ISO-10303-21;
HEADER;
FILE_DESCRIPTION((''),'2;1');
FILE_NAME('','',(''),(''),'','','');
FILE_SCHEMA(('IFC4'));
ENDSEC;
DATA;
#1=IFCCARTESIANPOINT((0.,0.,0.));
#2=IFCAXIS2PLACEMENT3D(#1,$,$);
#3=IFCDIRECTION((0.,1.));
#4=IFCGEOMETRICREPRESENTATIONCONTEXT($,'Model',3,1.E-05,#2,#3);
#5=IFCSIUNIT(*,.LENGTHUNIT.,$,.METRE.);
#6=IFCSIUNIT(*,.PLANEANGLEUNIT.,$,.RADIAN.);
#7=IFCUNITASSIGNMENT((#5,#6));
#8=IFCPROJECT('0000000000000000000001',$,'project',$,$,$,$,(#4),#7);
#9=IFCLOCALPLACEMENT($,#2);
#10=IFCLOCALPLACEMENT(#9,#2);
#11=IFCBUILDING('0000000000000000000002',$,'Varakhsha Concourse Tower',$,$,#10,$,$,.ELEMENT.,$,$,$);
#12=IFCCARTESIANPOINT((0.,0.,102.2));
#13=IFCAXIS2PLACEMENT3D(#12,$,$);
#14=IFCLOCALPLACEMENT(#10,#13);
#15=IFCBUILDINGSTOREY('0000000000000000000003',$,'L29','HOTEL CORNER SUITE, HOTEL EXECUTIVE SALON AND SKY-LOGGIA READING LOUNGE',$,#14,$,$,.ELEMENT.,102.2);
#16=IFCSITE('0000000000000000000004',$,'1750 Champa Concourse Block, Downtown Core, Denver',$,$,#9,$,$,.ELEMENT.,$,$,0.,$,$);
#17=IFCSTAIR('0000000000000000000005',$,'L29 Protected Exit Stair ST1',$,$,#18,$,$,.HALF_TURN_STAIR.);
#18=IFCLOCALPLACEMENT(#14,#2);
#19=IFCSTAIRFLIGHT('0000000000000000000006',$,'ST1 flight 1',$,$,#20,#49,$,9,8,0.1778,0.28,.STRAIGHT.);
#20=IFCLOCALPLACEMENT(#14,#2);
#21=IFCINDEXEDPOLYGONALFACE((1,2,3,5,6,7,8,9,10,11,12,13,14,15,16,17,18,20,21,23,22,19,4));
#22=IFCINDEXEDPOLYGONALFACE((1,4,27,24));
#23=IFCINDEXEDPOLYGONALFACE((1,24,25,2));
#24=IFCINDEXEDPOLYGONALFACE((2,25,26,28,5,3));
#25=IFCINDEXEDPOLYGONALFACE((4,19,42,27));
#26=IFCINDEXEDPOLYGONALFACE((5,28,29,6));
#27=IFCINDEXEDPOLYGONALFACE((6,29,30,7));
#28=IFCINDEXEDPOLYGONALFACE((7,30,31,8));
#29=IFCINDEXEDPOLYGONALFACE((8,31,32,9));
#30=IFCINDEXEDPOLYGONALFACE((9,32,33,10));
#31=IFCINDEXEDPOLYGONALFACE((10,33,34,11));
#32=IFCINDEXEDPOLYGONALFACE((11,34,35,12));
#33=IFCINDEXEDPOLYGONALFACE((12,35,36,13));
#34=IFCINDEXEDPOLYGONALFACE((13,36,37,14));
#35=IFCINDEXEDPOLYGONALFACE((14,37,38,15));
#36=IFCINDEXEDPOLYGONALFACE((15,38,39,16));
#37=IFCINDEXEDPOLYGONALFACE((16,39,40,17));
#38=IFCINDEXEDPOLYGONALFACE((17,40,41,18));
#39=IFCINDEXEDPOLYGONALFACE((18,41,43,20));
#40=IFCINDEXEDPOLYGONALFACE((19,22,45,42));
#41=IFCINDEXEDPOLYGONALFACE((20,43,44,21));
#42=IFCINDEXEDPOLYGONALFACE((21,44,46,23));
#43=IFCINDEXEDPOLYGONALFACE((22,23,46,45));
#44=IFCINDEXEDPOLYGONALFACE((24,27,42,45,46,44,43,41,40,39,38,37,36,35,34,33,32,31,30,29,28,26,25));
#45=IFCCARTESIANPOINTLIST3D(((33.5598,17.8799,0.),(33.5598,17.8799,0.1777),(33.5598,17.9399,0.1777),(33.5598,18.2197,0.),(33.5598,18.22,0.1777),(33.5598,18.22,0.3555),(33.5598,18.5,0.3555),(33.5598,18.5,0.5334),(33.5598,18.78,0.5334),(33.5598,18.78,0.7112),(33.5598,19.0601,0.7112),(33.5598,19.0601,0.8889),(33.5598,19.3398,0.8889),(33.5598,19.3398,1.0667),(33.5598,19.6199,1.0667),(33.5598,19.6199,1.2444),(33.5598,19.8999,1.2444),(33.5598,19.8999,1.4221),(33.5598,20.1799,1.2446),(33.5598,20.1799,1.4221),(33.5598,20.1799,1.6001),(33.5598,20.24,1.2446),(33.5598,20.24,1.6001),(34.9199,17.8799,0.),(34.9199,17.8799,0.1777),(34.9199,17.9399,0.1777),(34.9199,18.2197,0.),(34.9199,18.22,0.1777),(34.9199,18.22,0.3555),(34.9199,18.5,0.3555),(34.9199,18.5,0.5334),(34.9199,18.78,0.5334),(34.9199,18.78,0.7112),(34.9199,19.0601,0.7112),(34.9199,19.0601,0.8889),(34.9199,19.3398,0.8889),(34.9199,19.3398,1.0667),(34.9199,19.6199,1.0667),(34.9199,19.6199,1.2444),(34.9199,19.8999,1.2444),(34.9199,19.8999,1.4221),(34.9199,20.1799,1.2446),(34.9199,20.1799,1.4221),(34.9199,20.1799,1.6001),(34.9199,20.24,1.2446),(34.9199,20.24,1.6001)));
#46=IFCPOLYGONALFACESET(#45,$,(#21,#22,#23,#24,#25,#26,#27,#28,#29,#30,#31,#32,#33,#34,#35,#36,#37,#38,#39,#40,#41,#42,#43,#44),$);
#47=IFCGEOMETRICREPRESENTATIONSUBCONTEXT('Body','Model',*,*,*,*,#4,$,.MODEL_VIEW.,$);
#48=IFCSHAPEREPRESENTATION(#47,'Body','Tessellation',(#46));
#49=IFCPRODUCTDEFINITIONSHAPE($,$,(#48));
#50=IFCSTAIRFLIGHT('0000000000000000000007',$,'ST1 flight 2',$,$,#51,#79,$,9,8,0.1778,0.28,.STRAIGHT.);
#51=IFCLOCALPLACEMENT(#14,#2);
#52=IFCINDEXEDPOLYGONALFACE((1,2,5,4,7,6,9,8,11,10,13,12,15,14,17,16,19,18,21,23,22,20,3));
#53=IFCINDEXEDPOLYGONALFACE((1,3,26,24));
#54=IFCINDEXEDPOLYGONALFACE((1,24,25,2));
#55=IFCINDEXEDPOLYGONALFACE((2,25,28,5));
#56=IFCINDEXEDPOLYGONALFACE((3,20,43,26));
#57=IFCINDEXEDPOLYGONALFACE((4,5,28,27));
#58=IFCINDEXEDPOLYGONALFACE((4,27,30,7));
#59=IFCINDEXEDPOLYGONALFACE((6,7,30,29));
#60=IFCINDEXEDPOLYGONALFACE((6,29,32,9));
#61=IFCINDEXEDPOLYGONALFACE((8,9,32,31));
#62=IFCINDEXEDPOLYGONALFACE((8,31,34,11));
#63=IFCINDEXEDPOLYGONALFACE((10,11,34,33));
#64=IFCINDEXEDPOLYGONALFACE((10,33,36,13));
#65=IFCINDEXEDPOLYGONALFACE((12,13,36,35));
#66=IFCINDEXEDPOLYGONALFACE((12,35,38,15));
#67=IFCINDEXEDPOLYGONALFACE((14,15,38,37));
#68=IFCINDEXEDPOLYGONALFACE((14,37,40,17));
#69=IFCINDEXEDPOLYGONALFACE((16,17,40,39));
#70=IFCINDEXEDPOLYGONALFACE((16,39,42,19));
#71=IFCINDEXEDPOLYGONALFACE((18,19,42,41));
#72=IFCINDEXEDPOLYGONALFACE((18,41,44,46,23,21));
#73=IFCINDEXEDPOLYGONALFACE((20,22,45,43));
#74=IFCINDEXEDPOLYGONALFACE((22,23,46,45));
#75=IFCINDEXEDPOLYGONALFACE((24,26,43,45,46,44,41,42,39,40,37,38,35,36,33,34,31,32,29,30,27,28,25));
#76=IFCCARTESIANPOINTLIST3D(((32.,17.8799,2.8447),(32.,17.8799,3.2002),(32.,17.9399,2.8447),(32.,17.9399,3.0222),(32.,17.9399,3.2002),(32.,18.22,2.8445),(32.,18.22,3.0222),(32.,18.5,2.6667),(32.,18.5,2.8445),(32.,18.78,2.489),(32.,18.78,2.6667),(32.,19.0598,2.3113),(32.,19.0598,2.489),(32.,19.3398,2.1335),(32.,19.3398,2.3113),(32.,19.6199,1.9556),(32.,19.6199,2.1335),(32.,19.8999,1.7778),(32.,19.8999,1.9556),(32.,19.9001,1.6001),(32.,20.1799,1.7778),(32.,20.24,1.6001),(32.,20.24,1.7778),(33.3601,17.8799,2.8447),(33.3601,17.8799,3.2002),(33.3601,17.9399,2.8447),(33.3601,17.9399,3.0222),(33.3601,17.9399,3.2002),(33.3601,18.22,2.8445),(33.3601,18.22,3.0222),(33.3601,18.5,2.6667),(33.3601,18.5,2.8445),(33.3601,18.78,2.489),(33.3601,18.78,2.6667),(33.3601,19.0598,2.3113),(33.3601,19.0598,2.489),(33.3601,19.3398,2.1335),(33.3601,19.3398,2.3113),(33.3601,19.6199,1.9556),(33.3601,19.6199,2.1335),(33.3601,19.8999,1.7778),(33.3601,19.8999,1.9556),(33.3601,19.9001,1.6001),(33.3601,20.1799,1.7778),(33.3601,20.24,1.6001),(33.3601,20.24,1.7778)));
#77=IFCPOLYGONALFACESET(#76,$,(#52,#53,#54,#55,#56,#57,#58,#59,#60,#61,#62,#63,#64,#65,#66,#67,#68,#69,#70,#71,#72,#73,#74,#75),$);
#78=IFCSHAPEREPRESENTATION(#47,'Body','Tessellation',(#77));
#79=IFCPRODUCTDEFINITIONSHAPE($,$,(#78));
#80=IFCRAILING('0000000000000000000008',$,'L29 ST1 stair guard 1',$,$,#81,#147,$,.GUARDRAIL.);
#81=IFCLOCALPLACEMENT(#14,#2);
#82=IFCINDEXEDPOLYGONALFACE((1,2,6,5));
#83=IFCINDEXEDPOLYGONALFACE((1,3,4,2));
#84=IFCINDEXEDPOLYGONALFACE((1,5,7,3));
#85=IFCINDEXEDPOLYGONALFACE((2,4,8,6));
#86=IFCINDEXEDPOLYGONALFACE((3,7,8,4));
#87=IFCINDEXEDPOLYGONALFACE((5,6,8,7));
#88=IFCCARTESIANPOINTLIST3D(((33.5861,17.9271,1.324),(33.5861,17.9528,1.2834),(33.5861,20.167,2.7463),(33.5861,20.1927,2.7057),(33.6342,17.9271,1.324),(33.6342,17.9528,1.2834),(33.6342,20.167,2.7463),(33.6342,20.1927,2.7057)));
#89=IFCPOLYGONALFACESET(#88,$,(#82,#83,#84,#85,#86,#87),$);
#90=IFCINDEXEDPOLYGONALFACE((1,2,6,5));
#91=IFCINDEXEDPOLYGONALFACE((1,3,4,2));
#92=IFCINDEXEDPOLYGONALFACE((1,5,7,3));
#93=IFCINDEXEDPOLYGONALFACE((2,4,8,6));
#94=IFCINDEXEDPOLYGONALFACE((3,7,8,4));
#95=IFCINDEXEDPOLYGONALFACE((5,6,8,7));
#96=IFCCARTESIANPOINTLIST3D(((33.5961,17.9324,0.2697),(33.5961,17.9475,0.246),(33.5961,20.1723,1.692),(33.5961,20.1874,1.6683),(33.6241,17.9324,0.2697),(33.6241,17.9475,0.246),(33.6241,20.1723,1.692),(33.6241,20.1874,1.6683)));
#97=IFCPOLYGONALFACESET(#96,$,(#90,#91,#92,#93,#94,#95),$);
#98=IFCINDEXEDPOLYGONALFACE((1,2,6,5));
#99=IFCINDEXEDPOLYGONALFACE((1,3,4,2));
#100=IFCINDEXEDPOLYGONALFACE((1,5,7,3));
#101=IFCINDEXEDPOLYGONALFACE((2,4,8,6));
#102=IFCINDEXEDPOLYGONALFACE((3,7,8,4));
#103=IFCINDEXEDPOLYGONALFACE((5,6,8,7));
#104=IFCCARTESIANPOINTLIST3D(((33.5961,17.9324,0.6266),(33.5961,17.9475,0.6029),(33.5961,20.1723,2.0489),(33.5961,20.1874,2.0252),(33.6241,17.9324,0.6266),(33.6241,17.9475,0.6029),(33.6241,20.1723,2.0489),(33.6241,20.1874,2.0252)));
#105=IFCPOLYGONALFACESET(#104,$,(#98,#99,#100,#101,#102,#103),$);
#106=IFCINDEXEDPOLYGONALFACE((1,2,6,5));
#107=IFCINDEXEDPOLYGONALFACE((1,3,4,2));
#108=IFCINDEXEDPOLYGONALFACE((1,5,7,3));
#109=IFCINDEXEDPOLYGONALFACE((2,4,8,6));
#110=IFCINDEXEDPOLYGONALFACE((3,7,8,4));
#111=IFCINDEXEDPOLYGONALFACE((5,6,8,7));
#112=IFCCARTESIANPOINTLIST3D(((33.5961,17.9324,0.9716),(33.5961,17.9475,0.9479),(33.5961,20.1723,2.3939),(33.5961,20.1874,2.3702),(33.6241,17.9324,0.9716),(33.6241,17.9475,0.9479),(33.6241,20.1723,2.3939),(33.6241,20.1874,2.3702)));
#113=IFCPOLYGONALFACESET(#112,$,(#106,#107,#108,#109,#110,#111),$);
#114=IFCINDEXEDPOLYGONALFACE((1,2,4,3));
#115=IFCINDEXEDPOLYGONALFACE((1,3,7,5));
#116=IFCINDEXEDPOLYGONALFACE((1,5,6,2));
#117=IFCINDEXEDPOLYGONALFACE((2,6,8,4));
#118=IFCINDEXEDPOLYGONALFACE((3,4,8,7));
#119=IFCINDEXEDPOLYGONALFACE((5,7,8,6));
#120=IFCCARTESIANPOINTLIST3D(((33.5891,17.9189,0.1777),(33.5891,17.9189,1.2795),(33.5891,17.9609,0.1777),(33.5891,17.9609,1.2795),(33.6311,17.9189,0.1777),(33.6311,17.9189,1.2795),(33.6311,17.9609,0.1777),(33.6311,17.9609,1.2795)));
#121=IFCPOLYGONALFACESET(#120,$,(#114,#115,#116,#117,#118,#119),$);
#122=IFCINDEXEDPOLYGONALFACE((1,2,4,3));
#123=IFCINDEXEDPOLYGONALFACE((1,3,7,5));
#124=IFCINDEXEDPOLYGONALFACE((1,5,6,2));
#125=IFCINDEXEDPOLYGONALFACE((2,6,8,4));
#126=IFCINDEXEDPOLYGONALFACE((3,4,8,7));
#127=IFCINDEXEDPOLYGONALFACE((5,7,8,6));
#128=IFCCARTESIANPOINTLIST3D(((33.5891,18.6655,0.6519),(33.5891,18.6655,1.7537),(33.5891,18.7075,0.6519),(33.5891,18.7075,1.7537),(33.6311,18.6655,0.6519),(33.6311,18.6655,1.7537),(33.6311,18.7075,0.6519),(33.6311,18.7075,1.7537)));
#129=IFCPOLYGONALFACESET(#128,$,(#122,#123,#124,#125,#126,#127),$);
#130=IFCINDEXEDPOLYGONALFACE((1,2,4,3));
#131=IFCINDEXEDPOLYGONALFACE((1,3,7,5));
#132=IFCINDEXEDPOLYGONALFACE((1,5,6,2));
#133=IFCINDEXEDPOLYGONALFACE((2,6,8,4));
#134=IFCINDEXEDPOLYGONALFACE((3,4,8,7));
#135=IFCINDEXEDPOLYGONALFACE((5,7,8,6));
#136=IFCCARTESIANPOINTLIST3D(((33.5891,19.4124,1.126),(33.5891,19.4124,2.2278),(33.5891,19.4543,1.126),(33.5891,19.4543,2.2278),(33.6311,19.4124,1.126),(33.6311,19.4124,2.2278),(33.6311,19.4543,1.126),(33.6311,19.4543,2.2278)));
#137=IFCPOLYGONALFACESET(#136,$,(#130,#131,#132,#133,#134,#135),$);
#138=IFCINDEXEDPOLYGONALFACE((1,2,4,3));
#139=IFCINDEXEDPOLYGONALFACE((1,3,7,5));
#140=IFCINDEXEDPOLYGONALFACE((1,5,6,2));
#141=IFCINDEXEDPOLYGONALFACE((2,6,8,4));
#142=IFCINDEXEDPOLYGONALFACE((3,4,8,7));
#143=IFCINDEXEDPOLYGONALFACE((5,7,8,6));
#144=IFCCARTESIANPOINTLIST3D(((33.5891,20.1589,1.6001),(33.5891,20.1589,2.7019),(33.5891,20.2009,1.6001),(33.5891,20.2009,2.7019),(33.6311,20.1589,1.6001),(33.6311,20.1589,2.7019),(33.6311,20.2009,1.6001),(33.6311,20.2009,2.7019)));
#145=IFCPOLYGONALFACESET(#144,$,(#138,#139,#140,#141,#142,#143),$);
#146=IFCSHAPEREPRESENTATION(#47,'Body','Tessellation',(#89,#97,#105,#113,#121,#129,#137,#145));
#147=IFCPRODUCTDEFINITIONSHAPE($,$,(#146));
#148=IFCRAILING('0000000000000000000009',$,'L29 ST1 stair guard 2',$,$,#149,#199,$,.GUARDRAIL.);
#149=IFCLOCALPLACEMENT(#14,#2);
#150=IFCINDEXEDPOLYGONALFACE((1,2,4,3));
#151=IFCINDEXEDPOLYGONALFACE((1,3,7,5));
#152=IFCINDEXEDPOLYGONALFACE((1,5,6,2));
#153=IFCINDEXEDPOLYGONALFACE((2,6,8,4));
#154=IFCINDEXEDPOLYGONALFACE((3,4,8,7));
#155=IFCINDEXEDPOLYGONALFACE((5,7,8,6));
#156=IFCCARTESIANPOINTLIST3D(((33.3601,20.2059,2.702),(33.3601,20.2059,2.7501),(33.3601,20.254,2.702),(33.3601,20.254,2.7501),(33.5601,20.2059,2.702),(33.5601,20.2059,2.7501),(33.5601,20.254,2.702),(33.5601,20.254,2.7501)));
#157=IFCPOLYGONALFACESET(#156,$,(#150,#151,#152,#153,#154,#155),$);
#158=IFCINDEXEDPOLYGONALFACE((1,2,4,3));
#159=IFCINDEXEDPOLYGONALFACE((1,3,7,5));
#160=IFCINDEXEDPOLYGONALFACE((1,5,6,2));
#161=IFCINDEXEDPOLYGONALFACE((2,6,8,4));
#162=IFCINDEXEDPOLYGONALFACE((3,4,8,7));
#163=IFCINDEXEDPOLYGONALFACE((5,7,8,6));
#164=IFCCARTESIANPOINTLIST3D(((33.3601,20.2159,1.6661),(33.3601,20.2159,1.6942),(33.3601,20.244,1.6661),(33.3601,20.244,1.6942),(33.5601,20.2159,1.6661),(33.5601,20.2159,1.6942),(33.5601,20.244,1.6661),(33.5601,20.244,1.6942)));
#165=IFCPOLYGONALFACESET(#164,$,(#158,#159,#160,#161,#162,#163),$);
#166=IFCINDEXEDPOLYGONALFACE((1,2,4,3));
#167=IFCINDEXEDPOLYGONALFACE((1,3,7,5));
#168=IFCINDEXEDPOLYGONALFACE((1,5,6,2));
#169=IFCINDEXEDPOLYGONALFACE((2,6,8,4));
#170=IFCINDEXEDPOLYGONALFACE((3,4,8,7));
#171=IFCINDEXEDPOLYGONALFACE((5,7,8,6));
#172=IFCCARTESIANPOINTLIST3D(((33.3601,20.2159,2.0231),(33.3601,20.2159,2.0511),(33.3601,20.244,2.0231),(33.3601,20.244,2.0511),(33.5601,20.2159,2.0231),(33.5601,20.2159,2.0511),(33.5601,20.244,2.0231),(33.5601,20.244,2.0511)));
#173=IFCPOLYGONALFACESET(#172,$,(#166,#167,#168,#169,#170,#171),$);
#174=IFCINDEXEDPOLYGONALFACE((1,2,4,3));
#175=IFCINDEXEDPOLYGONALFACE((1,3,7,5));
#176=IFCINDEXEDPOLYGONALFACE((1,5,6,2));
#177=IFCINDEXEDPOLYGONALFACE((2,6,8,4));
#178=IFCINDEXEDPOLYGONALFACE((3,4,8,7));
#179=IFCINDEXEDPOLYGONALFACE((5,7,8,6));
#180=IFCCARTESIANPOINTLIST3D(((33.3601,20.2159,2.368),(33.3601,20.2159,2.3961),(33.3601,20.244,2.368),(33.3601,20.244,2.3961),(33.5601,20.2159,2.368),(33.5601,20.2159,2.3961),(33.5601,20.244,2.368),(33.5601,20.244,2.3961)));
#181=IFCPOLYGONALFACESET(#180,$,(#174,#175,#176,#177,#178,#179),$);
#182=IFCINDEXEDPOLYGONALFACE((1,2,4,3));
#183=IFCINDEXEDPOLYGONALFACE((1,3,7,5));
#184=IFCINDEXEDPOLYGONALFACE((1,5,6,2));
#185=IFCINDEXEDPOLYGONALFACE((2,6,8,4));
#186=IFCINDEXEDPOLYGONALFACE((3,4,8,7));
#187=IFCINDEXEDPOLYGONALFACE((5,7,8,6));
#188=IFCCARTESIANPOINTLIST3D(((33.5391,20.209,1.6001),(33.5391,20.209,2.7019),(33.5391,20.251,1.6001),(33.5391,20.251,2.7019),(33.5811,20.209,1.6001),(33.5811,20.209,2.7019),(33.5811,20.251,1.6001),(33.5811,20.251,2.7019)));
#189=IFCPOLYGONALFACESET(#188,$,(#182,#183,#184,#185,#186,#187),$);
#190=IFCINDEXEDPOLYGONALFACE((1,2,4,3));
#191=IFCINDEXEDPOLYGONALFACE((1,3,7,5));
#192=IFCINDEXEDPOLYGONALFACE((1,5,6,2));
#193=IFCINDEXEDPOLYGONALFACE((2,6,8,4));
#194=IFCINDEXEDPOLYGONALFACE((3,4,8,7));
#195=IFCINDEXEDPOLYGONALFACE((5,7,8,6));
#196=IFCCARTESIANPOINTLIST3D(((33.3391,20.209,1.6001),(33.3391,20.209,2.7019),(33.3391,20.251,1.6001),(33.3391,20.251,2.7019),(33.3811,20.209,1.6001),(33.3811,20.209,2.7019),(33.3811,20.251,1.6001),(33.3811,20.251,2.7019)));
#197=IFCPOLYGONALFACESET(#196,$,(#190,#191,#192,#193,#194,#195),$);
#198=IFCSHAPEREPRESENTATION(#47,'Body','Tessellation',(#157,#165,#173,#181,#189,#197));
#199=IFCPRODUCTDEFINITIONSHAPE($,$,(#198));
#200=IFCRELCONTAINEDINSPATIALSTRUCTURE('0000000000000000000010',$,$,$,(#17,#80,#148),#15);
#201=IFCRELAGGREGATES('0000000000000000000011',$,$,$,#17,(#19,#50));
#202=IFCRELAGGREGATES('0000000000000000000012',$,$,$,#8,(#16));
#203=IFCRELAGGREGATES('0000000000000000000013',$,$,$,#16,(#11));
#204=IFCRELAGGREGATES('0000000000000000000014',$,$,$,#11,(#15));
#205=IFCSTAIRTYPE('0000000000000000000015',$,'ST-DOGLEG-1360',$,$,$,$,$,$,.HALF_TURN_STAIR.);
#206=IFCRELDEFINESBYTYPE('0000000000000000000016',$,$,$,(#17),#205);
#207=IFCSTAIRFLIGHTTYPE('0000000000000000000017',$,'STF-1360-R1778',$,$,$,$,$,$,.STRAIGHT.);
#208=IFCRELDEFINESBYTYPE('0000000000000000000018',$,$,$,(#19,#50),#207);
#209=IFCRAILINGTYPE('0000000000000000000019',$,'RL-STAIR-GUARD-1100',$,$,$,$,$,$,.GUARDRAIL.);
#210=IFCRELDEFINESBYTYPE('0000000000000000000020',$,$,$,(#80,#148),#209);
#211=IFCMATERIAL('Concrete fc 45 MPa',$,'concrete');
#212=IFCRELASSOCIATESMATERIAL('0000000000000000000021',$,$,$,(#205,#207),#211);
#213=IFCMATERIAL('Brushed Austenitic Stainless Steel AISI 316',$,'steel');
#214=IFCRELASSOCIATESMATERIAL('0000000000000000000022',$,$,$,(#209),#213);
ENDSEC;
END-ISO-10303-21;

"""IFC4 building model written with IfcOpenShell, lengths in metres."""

from ifc_helpers import new_model, si_unit, direction, frame, origin, origin_2d, place, context, subcontext, project, spatial, polyline, rectangle, outline, extrude, material, type_object, element, aggregate, save


model = new_model("IFC4")

# Units and contexts
model_context = context("Model", 3, precision=1e-05, world=origin(), true_north=direction((0.0, 1.0)))
body_context = subcontext(model_context, "Body", "Model", "MODEL_VIEW")
ifc_project = project(units=[si_unit("LENGTHUNIT", "METRE"), si_unit("PLANEANGLEUNIT", "RADIAN")], contexts=[model_context])

# Site, building, storey
site_placement = place(None, origin())
site = spatial("IfcSite", under=ifc_project, at=site_placement, Name="1750 Champa Concourse Block, Downtown Core, Denver", CompositionType="ELEMENT", RefElevation=0.0)
building_placement = place(site_placement, origin())
building = spatial("IfcBuilding", under=site, at=building_placement, Name="Varakhsha Concourse Tower", CompositionType="ELEMENT")
storey_placement = place(building_placement, frame((0.0, 0.0, 102.2)))
storey = spatial("IfcBuildingStorey", under=building, at=storey_placement, Name="L29", Description="HOTEL CORNER SUITE, HOTEL EXECUTIVE SALON AND SKY-LOGGIA READING LOUNGE", CompositionType="ELEMENT", Elevation=102.2)

# Shared definitions
ifc_material_1 = material(Name="Concrete fc 45 MPa", Category="concrete")

# Stair, stair flights
stair_type = type_object("IfcStairType", Name="ST-DOGLEG-1360", PredefinedType="HALF_TURN_STAIR", material=ifc_material_1)
stair_placement = place(storey_placement, origin())
stair = element("IfcStair", 1, at=stair_placement, inside=storey, type_object=stair_type, Name="L29 Protected Exit Stair ST1", PredefinedType="HALF_TURN_STAIR")
stair_flight_type = type_object("IfcStairFlightType", Name="STF-1360-R1778", PredefinedType="STRAIGHT", material=ifc_material_1)
stair_flight_1_placement = place(storey_placement, frame((34.24, 17.9399, 0.0), z_axis=(0.0, 0.0, 1.0), x_axis=(0.0, 1.0, 0.0)))
stair_flight_1 = element("IfcStairFlight", 2, at=stair_flight_1_placement, type_object=stair_flight_type, Name="ST1 flight 1", NumberOfRisers=9, NumberOfTreads=8, PredefinedType="STRAIGHT", RiserHeight=0.1778, TreadLength=0.28, context=body_context, shape_type="SweptSolid", body=[
    extrude(outline(polyline([(-0.0601, 0.0), (-0.0601, 0.1777), (0.0, 0.1777), (0.28, 0.1777), (0.28, 0.3555), (0.5601, 0.3555), (0.5601, 0.5334), (0.8401, 0.5334), (0.8401, 0.7112), (1.1201, 0.7112), (1.1201, 0.8889), (1.3999, 0.8889), (1.3999, 1.0667), (1.6799, 1.0667), (1.6799, 1.2444), (1.96, 1.2444), (1.96, 1.4221), (2.24, 1.4221), (2.24, 1.6001), (2.3, 1.6001), (2.3, 1.2446), (2.24, 1.2446), (0.2798, 0.0), (-0.0601, 0.0)])), frame((0.0, 0.6802, 0.0), z_axis=(0.0, -1.0, 0.0), x_axis=(1.0, 0.0, 0.0)), (0.0, 0.0, 1.0), 1.3601),
])
stair_flight_2_placement = place(storey_placement, frame((32.6799, 20.1799, 1.6001), z_axis=(0.0, 0.0, 1.0), x_axis=(0.0, -1.0, 0.0)))
stair_flight_2 = element("IfcStairFlight", 3, at=stair_flight_2_placement, type_object=stair_flight_type, Name="ST1 flight 2", NumberOfRisers=9, NumberOfTreads=8, PredefinedType="STRAIGHT", RiserHeight=0.1778, TreadLength=0.28, context=body_context, shape_type="SweptSolid", body=[
    extrude(outline(polyline([(-0.0601, 0.0), (-0.0601, 0.1777), (0.0, 0.1777), (0.28, 0.1777), (0.28, 0.3555), (0.5601, 0.3555), (0.5601, 0.5334), (0.8401, 0.5334), (0.8401, 0.7112), (1.1201, 0.7112), (1.1201, 0.8889), (1.3999, 0.8889), (1.3999, 1.0667), (1.6799, 1.0667), (1.6799, 1.2444), (1.96, 1.2444), (1.96, 1.4221), (2.24, 1.4221), (2.24, 1.6001), (2.3, 1.6001), (2.3, 1.2446), (2.24, 1.2446), (0.2798, 0.0), (-0.0601, 0.0)])), frame((0.0, 0.6802, 0.0), z_axis=(0.0, -1.0, 0.0), x_axis=(1.0, 0.0, 0.0)), (0.0, 0.0, 1.0), 1.3601),
])
aggregate(stair, [stair_flight_1, stair_flight_2])

# Railings
ifc_material_2 = material(Name="Brushed Austenitic Stainless Steel AISI 316", Category="steel")
railing_type_1 = type_object("IfcRailingType", Name="RL-STAIR-GUARD-1100", PredefinedType="GUARDRAIL", material=ifc_material_2)
railing_1_placement = place(storey_placement, frame((33.6101, 17.9399, 0.1777)))
element("IfcRailing", 4, at=railing_1_placement, inside=storey, type_object=railing_type_1, Name="L29 ST1 stair guard 1", PredefinedType="GUARDRAIL", context=body_context, shape_type="SweptSolid", body=[
    extrude(rectangle(XDim=0.0481, YDim=0.0481, at=origin_2d()), frame((0.0, 0.0, 1.126), z_axis=(0.0, 0.844188, 0.536048), x_axis=(-1.0, 0.0, 0.0)), (0.0, 0.0, 1.0), 2.6533),
    extrude(rectangle(XDim=0.0281, YDim=0.0281, at=origin_2d()), frame((0.0, 0.0, 0.0801), z_axis=(0.0, 0.844188, 0.536048), x_axis=(-1.0, 0.0, 0.0)), (0.0, 0.0, 1.0), 2.6533),
    extrude(rectangle(XDim=0.0281, YDim=0.0281, at=origin_2d()), frame((0.0, 0.0, 0.437), z_axis=(0.0, 0.844188, 0.536048), x_axis=(-1.0, 0.0, 0.0)), (0.0, 0.0, 1.0), 2.6533),
    extrude(rectangle(XDim=0.0281, YDim=0.0281, at=origin_2d()), frame((0.0, 0.0, 0.782), z_axis=(0.0, 0.844188, 0.536048), x_axis=(-1.0, 0.0, 0.0)), (0.0, 0.0, 1.0), 2.6533),
    extrude(rectangle(XDim=0.042, YDim=0.042, at=origin_2d()), origin(), (0.0, 0.0, 1.0), 1.1018),
    extrude(rectangle(XDim=0.042, YDim=0.042, at=origin_2d()), frame((0.0, 0.7466, 0.4741)), (0.0, 0.0, 1.0), 1.1018),
    extrude(rectangle(XDim=0.042, YDim=0.042, at=origin_2d()), frame((0.0, 1.4934, 0.9482)), (0.0, 0.0, 1.0), 1.1018),
    extrude(rectangle(XDim=0.042, YDim=0.042, at=origin_2d()), frame((0.0, 2.24, 1.4224)), (0.0, 0.0, 1.0), 1.1018),
])
railing_2_placement = place(storey_placement, frame((33.5601, 20.23, 1.6001)))
element("IfcRailing", 5, at=railing_2_placement, inside=storey, type_object=railing_type_1, Name="L29 ST1 stair guard 2", PredefinedType="GUARDRAIL", context=body_context, shape_type="SweptSolid", body=[
    extrude(rectangle(XDim=0.0481, YDim=0.0481, at=origin_2d()), frame((0.0, 0.0, 1.126), z_axis=(-1.0, 0.0, 0.0), x_axis=(0.0, -1.0, 0.0)), (0.0, 0.0, 1.0), 0.2),
    extrude(rectangle(XDim=0.0281, YDim=0.0281, at=origin_2d()), frame((0.0, 0.0, 0.0801), z_axis=(-1.0, 0.0, 0.0), x_axis=(0.0, -1.0, 0.0)), (0.0, 0.0, 1.0), 0.2),
    extrude(rectangle(XDim=0.0281, YDim=0.0281, at=origin_2d()), frame((0.0, 0.0, 0.437), z_axis=(-1.0, 0.0, 0.0), x_axis=(0.0, -1.0, 0.0)), (0.0, 0.0, 1.0), 0.2),
    extrude(rectangle(XDim=0.0281, YDim=0.0281, at=origin_2d()), frame((0.0, 0.0, 0.782), z_axis=(-1.0, 0.0, 0.0), x_axis=(0.0, -1.0, 0.0)), (0.0, 0.0, 1.0), 0.2),
    extrude(rectangle(XDim=0.042, YDim=0.042, at=origin_2d()), origin(), (0.0, 0.0, 1.0), 1.1018),
    extrude(rectangle(XDim=0.042, YDim=0.042, at=origin_2d()), frame((-0.2, 0.0, 0.0)), (0.0, 0.0, 1.0), 1.1018),
])

save(model, "model.ifc")
